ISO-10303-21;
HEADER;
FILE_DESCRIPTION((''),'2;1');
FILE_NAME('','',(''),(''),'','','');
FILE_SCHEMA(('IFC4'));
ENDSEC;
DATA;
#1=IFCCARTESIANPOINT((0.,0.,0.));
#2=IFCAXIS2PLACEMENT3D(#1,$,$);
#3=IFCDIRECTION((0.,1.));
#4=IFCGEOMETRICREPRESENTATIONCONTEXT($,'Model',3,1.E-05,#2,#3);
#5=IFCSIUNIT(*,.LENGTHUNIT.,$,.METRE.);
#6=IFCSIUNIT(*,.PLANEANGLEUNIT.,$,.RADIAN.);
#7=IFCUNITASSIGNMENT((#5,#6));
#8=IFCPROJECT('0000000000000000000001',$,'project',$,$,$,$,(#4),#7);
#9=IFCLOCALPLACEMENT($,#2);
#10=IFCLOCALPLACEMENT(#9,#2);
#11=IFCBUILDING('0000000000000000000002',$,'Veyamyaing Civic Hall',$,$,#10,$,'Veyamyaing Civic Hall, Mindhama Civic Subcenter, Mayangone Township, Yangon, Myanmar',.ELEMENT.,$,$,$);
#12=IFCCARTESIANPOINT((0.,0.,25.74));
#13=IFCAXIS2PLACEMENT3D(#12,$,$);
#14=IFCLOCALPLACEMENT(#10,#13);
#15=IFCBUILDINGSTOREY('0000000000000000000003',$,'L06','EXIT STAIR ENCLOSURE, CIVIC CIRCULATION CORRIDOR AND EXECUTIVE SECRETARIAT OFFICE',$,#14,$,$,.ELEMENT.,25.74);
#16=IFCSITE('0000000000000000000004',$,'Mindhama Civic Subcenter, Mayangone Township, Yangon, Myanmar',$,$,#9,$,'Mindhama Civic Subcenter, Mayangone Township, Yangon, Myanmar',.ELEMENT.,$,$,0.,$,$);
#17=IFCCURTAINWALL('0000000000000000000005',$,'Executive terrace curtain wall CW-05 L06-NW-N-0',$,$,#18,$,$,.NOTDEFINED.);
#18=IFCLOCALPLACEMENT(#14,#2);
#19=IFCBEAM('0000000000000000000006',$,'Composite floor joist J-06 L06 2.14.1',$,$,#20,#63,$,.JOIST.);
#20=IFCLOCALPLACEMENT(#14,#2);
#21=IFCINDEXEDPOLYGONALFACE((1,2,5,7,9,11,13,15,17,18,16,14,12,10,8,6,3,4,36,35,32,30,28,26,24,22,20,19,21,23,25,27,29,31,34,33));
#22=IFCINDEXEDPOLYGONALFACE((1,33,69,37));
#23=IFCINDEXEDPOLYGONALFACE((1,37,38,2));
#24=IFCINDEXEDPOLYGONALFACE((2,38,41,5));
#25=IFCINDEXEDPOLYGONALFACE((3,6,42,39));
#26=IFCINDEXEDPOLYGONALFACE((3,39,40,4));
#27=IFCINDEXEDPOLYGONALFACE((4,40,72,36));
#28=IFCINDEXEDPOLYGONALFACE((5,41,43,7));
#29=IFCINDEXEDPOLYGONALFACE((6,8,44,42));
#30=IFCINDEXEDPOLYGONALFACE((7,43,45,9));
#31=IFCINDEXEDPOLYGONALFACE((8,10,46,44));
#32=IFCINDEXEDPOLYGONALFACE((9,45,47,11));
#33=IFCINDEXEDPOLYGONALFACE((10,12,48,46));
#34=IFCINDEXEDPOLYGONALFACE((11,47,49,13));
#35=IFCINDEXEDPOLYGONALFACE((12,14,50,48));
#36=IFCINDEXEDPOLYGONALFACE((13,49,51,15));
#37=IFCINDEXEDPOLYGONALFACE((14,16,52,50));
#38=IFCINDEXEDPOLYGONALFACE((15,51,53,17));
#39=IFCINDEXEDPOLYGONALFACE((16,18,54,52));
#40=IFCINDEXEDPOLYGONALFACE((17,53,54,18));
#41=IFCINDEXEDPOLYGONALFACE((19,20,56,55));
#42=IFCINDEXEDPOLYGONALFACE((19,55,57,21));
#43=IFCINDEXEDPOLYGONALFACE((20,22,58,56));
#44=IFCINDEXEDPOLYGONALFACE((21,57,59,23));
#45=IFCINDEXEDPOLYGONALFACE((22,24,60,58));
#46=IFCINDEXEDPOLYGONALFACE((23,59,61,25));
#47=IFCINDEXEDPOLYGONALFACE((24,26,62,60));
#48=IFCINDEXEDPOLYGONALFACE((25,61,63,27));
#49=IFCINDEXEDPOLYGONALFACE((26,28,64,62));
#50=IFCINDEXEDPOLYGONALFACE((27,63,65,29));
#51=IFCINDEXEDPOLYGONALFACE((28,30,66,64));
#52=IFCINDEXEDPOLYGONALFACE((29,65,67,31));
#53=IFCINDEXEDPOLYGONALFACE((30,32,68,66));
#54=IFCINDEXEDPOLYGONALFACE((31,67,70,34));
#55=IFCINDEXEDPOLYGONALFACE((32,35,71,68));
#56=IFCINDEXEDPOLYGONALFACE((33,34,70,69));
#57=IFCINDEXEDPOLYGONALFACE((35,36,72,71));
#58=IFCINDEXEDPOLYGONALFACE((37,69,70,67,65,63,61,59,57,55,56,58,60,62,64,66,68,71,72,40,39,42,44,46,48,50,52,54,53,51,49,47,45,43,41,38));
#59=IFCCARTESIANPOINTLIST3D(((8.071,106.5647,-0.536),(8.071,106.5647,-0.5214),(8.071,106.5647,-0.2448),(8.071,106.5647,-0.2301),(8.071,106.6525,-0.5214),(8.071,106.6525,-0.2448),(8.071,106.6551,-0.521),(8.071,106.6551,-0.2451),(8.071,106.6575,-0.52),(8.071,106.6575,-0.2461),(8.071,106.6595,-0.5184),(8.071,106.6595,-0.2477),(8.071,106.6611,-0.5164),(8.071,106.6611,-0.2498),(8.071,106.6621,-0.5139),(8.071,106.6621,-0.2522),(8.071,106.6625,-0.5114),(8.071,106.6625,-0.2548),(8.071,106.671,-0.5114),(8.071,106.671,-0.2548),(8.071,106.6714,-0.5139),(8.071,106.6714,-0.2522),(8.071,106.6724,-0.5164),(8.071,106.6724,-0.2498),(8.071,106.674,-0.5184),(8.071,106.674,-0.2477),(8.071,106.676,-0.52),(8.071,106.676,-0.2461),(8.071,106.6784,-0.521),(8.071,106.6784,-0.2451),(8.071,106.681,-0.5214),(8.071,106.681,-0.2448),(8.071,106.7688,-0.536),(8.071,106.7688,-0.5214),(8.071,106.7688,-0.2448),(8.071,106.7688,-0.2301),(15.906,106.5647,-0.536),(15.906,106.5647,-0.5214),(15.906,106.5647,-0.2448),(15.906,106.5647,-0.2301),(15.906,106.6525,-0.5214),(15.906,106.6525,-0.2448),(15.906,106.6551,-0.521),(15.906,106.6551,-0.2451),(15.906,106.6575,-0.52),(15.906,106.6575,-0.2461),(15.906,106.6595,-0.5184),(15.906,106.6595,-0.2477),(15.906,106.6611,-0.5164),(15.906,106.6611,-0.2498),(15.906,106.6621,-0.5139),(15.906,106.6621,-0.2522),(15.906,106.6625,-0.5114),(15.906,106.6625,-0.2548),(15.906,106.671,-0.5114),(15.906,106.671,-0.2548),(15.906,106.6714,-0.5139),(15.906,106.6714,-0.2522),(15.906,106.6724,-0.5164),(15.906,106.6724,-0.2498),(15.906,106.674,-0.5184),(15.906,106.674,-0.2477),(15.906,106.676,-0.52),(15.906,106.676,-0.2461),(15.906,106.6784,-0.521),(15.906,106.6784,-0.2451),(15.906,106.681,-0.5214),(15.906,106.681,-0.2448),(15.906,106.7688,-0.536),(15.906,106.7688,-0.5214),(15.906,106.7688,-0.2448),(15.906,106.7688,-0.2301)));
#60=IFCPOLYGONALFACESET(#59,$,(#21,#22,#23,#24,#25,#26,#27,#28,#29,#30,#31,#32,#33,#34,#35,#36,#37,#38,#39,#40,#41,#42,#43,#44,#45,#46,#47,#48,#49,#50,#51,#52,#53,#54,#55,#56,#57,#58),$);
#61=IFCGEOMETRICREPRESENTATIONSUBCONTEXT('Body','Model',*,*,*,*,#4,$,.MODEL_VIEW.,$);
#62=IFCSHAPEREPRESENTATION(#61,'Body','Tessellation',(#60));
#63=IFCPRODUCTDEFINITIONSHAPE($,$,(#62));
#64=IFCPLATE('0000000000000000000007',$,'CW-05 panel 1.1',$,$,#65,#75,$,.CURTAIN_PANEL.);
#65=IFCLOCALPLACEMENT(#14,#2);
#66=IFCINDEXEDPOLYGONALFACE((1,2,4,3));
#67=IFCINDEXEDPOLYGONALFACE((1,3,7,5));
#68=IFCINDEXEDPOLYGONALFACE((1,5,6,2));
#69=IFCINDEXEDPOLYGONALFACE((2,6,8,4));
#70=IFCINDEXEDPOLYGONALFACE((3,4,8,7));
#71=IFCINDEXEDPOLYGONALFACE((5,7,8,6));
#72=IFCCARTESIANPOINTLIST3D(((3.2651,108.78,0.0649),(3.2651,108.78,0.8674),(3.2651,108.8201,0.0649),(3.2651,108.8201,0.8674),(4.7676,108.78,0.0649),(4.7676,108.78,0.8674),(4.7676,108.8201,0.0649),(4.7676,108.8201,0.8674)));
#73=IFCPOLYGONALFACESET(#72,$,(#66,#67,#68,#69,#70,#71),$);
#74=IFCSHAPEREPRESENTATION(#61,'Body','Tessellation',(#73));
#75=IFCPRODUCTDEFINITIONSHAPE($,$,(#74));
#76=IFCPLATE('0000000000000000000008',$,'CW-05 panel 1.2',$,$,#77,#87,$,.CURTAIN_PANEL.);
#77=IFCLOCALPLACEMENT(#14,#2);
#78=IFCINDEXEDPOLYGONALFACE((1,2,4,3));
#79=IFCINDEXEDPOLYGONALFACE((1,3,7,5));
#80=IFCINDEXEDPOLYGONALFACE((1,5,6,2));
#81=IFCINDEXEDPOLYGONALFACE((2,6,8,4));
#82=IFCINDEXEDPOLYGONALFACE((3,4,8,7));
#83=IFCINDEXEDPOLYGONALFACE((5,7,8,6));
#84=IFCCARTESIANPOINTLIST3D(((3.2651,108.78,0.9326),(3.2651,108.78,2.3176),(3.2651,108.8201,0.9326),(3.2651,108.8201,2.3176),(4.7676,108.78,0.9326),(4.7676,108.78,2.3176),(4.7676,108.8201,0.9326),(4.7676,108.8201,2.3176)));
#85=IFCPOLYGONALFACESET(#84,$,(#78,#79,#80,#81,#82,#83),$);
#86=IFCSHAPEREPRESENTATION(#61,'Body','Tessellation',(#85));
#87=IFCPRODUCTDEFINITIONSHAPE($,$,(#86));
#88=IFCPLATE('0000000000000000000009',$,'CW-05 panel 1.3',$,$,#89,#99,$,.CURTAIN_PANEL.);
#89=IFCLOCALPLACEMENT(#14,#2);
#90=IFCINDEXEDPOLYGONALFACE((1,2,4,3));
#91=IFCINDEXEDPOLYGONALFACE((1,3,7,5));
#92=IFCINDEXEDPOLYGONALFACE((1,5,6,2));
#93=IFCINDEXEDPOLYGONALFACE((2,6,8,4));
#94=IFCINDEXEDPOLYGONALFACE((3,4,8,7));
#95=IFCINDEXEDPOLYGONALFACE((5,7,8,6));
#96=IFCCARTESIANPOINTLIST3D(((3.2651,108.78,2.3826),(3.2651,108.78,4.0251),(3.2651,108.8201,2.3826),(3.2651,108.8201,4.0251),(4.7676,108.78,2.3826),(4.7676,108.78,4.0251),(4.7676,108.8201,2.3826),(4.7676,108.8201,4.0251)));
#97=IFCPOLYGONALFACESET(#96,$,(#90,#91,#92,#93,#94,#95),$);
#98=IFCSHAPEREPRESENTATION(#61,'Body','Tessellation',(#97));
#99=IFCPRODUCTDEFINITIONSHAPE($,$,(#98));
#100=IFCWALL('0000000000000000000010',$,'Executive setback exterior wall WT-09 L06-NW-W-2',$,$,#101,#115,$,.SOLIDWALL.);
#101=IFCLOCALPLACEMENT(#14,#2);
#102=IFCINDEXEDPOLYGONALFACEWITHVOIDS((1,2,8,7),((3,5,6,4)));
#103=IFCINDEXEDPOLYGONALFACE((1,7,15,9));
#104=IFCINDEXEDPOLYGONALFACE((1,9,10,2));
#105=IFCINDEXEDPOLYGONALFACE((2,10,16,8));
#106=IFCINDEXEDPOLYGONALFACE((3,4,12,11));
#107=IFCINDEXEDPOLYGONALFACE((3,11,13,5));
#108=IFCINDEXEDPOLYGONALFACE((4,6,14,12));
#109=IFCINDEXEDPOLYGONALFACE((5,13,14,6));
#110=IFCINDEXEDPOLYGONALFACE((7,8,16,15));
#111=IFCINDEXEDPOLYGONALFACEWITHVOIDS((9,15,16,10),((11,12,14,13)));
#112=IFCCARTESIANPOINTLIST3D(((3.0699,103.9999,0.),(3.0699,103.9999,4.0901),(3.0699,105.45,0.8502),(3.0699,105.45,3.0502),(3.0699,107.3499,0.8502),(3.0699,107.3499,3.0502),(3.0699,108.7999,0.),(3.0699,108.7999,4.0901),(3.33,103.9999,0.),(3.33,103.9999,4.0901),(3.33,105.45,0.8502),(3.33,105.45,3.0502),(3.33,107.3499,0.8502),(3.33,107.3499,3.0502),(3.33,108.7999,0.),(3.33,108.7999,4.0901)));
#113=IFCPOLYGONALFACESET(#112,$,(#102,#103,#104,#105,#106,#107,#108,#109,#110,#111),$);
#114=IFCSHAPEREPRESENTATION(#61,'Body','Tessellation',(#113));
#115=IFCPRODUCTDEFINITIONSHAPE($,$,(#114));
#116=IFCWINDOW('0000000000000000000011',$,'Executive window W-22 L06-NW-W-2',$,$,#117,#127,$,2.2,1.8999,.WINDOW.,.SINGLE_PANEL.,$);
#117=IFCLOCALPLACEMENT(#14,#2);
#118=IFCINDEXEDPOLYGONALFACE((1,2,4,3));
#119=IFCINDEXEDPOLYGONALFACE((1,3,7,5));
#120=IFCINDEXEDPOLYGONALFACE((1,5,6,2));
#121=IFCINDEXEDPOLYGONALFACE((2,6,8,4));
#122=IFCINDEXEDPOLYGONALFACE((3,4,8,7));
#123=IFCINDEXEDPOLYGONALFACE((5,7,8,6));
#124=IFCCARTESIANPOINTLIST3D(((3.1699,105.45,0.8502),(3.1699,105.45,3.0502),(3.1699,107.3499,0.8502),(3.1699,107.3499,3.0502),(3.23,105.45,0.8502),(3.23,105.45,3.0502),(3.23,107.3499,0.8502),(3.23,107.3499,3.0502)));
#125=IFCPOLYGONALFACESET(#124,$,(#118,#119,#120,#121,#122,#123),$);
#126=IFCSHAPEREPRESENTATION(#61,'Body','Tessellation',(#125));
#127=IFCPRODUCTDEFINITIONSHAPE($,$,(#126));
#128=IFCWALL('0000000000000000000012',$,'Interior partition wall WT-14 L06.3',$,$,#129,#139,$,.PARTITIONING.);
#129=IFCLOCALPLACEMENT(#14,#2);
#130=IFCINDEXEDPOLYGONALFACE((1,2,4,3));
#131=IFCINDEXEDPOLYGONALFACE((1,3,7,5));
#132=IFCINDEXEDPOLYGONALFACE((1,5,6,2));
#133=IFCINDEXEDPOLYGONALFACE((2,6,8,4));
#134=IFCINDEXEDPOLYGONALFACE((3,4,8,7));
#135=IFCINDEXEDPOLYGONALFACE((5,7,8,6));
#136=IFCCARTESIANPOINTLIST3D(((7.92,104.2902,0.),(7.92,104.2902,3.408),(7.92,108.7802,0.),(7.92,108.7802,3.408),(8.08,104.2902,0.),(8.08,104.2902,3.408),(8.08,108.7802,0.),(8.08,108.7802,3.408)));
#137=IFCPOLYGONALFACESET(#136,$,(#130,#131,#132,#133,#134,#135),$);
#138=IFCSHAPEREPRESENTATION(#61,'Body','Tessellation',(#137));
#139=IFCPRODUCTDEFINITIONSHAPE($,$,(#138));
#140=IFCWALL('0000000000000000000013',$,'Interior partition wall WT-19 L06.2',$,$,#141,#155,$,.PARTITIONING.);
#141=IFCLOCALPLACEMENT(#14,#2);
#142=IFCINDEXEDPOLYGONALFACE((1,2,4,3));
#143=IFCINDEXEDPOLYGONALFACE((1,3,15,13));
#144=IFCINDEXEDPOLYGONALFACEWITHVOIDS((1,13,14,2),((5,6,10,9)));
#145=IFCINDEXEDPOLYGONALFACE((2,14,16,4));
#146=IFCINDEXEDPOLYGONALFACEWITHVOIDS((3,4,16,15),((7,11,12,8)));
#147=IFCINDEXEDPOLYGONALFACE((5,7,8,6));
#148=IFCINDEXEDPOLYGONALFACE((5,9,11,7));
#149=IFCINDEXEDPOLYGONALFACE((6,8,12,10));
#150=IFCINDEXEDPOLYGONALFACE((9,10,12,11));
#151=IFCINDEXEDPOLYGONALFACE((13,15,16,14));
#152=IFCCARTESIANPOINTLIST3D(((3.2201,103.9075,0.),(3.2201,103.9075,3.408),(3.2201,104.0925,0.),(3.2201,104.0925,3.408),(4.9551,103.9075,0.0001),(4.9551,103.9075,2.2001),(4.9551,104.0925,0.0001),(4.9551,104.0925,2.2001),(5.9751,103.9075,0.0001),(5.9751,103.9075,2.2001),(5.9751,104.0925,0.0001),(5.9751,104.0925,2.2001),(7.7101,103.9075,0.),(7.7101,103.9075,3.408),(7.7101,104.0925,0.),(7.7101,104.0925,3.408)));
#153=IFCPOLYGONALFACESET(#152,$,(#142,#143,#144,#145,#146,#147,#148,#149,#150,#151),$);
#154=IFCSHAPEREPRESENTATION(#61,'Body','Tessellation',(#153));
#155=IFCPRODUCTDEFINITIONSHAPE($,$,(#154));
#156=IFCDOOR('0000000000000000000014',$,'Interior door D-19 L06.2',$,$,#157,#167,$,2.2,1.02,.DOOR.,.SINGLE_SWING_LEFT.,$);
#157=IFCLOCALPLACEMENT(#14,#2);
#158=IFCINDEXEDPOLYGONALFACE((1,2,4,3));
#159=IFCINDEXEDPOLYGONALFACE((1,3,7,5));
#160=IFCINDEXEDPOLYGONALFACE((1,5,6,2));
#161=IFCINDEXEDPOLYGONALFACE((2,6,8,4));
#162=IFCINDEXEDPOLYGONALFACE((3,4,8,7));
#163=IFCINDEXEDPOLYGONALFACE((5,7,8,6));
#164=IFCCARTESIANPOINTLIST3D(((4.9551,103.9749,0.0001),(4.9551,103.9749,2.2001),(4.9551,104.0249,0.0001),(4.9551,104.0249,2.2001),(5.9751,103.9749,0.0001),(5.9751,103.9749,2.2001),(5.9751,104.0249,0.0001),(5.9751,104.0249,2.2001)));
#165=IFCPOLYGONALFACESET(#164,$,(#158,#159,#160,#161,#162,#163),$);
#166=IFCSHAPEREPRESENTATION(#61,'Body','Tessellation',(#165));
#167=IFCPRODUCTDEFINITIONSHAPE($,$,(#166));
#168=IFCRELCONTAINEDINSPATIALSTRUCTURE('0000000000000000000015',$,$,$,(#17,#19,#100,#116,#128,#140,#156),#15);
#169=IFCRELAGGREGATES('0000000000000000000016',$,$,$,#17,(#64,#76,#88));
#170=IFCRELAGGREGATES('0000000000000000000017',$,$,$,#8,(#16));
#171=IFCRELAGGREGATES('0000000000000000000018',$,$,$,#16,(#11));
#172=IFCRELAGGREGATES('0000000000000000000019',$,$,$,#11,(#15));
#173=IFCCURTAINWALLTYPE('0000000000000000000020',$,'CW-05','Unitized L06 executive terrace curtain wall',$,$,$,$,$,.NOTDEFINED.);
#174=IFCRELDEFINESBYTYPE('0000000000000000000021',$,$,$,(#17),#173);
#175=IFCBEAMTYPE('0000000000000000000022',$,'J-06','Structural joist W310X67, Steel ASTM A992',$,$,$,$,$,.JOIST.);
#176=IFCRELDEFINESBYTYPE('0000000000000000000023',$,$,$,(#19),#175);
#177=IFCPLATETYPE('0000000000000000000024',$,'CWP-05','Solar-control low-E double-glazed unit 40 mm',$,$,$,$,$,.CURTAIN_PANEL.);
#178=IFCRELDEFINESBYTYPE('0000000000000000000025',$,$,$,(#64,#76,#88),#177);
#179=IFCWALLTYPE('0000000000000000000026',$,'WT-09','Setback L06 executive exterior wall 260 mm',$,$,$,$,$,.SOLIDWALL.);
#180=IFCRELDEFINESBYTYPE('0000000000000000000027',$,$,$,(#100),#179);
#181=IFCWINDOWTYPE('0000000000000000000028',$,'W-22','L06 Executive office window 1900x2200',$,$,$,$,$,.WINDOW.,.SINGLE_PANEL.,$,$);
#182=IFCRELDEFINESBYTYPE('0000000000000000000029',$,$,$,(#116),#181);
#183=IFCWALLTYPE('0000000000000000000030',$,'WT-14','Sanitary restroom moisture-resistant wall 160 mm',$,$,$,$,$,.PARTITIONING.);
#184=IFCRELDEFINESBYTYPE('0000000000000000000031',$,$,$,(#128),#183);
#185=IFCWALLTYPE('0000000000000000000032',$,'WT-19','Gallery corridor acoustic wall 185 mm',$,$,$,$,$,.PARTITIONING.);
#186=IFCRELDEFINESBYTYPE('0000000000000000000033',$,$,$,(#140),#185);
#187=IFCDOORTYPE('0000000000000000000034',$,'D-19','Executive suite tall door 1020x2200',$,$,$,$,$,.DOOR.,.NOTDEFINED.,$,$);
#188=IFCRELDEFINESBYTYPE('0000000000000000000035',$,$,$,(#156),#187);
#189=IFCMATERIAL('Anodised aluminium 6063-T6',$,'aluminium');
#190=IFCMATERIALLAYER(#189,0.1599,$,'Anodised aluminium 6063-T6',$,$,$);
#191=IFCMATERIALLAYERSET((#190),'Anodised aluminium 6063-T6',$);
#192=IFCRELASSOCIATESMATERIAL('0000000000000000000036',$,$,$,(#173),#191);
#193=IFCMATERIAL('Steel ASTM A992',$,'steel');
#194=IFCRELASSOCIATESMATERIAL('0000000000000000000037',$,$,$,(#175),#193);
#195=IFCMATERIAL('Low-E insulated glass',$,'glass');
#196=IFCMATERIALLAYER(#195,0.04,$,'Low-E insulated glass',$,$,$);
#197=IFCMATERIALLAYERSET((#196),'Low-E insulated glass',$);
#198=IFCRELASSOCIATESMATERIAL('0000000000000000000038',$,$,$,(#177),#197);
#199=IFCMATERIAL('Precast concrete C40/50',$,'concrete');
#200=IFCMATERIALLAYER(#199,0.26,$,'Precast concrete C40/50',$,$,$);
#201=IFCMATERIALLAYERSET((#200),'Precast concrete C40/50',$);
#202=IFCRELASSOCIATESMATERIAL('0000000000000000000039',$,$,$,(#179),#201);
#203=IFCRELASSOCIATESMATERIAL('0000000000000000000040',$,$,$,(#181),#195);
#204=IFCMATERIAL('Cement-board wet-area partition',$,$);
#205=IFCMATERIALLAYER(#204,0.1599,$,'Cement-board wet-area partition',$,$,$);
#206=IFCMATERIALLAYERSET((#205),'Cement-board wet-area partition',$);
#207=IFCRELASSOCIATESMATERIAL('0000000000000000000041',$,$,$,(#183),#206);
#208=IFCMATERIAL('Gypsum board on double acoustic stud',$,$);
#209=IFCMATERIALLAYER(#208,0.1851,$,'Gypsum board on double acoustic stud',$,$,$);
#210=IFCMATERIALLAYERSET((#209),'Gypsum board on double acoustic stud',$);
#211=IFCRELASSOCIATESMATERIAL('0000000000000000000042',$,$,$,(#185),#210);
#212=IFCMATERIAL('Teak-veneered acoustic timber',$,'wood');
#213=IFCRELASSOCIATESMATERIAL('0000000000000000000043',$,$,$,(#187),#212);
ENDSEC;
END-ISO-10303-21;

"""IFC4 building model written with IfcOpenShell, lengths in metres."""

from ifc_helpers import new_model, si_unit, direction, frame, frame_2d, origin, origin_2d, place, context, subcontext, project, spatial, rectangle, i_section, extrude, material, layer, layer_set, material_profile, profile_set, type_object, element, fill, aggregate, save


model = new_model("IFC4")

# Units and contexts
model_context = context("Model", 3, precision=1e-05, world=origin(), true_north=direction((0.0, 1.0)))
body_context = subcontext(model_context, "Body", "Model", "MODEL_VIEW")
ifc_project = project(units=[si_unit("LENGTHUNIT", "METRE"), si_unit("PLANEANGLEUNIT", "RADIAN")], contexts=[model_context])

# Site, building, storey
site_placement = place(None, origin())
site = spatial("IfcSite", under=ifc_project, at=site_placement, Name="Mindhama Civic Subcenter, Mayangone Township, Yangon, Myanmar", LongName="Mindhama Civic Subcenter, Mayangone Township, Yangon, Myanmar", CompositionType="ELEMENT", RefElevation=0.0)
building_placement = place(site_placement, origin())
building = spatial("IfcBuilding", under=site, at=building_placement, Name="Veyamyaing Civic Hall", LongName="Veyamyaing Civic Hall, Mindhama Civic Subcenter, Mayangone Township, Yangon, Myanmar", CompositionType="ELEMENT")
storey_placement = place(building_placement, frame((0.0, 0.0, 25.74)))
storey = spatial("IfcBuildingStorey", under=building, at=storey_placement, Name="L06", Description="EXIT STAIR ENCLOSURE, CIVIC CIRCULATION CORRIDOR AND EXECUTIVE SECRETARIAT OFFICE", CompositionType="ELEMENT", Elevation=25.74)

# Shared definitions
ifc_material_1 = material(Name="Steel ASTM A992", Category="steel")

# Curtain wall
ifc_material_2 = material(Name="Anodised aluminium 6063-T6", Category="aluminium")
ifc_layer_1 = layer(ifc_material_2, 0.1599, Name="Anodised aluminium 6063-T6")
ifc_layer_set_1 = layer_set([ifc_layer_1], Name="Anodised aluminium 6063-T6")
curtain_wall_type = type_object("IfcCurtainWallType", Name="CW-05", Description="Unitized L06 executive terrace curtain wall", PredefinedType="NOTDEFINED", material=ifc_layer_set_1)
curtain_wall_placement = place(storey_placement, origin())
curtain_wall = element("IfcCurtainWall", 1, at=curtain_wall_placement, inside=storey, type_object=curtain_wall_type, Name="Executive terrace curtain wall CW-05 L06-NW-N-0", PredefinedType="NOTDEFINED")

# Beam
ifc_material_profile_1 = material_profile(ifc_material_1, i_section(OverallWidth=0.2041, OverallDepth=0.3059, WebThickness=0.0085, FlangeThickness=0.0146, FilletRadius=0.01, at=origin_2d()), Name="W310X67")
ifc_profile_set_1 = profile_set([ifc_material_profile_1], Name="Steel ASTM A992")
beam_type_1 = type_object("IfcBeamType", Name="J-06", Description="Structural joist W310X67, Steel ASTM A992", PredefinedType="JOIST", material=ifc_profile_set_1)
beam_1_placement = place(storey_placement, frame((8.071, 106.6667, -0.3831), z_axis=(1.0, 0.0, 0.0), x_axis=(0.0, 1.0, 0.0)))
element("IfcBeam", 2, at=beam_1_placement, inside=storey, type_object=beam_type_1, Name="Composite floor joist J-06 L06 2.14.1", PredefinedType="JOIST", context=body_context, shape_type="SweptSolid", body=[
    extrude(i_section(OverallWidth=0.2041, OverallDepth=0.3059, WebThickness=0.0085, FlangeThickness=0.0146, FilletRadius=0.01, at=origin_2d()), origin(), (0.0, 0.0, 1.0), 7.835),
])

# Plates
ifc_material_3 = material(Name="Low-E insulated glass", Category="glass")
ifc_layer_2 = layer(ifc_material_3, 0.04, Name="Low-E insulated glass")
ifc_layer_set_2 = layer_set([ifc_layer_2], Name="Low-E insulated glass")
plate_type = type_object("IfcPlateType", Name="CWP-05", Description="Solar-control low-E double-glazed unit 40 mm", PredefinedType="CURTAIN_PANEL", material=ifc_layer_set_2)
plate_1_placement = place(storey_placement, frame((4.0164, 108.8, 0.0649), z_axis=(0.0, 0.0, 1.0), x_axis=(1.0, 0.0, 0.0)))
plate_1 = element("IfcPlate", 3, at=plate_1_placement, type_object=plate_type, Name="CW-05 panel 1.1", PredefinedType="CURTAIN_PANEL", context=body_context, shape_type="SweptSolid", body=[
    extrude(rectangle(XDim=1.5024, YDim=0.04, at=origin_2d()), origin(), (0.0, 0.0, 1.0), 0.8025),
])
plate_2_placement = place(storey_placement, frame((4.0164, 108.8, 0.9326), z_axis=(0.0, 0.0, 1.0), x_axis=(1.0, 0.0, 0.0)))
plate_2 = element("IfcPlate", 4, at=plate_2_placement, type_object=plate_type, Name="CW-05 panel 1.2", PredefinedType="CURTAIN_PANEL", context=body_context, shape_type="SweptSolid", body=[
    extrude(rectangle(XDim=1.5024, YDim=0.04, at=origin_2d()), origin(), (0.0, 0.0, 1.0), 1.385),
])
plate_3_placement = place(storey_placement, frame((4.0164, 108.8, 2.3826), z_axis=(0.0, 0.0, 1.0), x_axis=(1.0, 0.0, 0.0)))
plate_3 = element("IfcPlate", 5, at=plate_3_placement, type_object=plate_type, Name="CW-05 panel 1.3", PredefinedType="CURTAIN_PANEL", context=body_context, shape_type="SweptSolid", body=[
    extrude(rectangle(XDim=1.5024, YDim=0.04, at=origin_2d()), origin(), (0.0, 0.0, 1.0), 1.6426),
])
aggregate(curtain_wall, [plate_1, plate_2, plate_3])

# Wall, opening, window
ifc_material_4 = material(Name="Precast concrete C40/50", Category="concrete")
ifc_layer_3 = layer(ifc_material_4, 0.26, Name="Precast concrete C40/50")
ifc_layer_set_3 = layer_set([ifc_layer_3], Name="Precast concrete C40/50")
wall_type_1 = type_object("IfcWallType", Name="WT-09", Description="Setback L06 executive exterior wall 260 mm", PredefinedType="SOLIDWALL", material=ifc_layer_set_3)
wall_1_placement = place(storey_placement, frame((3.2, 104.0, 0.0), z_axis=(0.0, 0.0, 1.0), x_axis=(0.0, 1.0, 0.0)))
wall_1 = element("IfcWall", 6, at=wall_1_placement, inside=storey, type_object=wall_type_1, Name="Executive setback exterior wall WT-09 L06-NW-W-2", PredefinedType="SOLIDWALL", context=body_context, shape_type="SweptSolid", body=[
    extrude(rectangle(XDim=4.8, YDim=0.26, at=frame_2d((2.3999, 0.0))), origin(), (0.0, 0.0, 1.0), 4.0901),
])
opening_1_placement = place(wall_1_placement, frame((1.45, 0.0, 0.8501)))
opening_1 = element("IfcOpeningElement", 7, at=opening_1_placement, cuts=wall_1, PredefinedType="OPENING", context=body_context, shape_type="SweptSolid", body=[
    extrude(rectangle(XDim=1.8999, YDim=2.2, at=frame_2d((0.95, 1.1001))), frame((0.0, 0.1399, 0.0), z_axis=(0.0, -1.0, 0.0), x_axis=(1.0, 0.0, 0.0)), (0.0, 0.0, 1.0), 0.28),
])
window_type = type_object("IfcWindowType", Name="W-22", Description="L06 Executive office window 1900x2200", PartitioningType="SINGLE_PANEL", PredefinedType="WINDOW", material=ifc_material_3)
window_placement = place(opening_1_placement, origin())
window = element("IfcWindow", 8, at=window_placement, inside=storey, type_object=window_type, Name="Executive window W-22 L06-NW-W-2", OverallHeight=2.2, OverallWidth=1.8999, PartitioningType="SINGLE_PANEL", PredefinedType="WINDOW", context=body_context, shape_type="SweptSolid", body=[
    extrude(rectangle(XDim=1.8999, YDim=2.2, at=frame_2d((0.95, 1.1001))), frame((0.0, 0.03, 0.0), z_axis=(0.0, -1.0, 0.0), x_axis=(1.0, 0.0, 0.0)), (0.0, 0.0, 1.0), 0.0601),
])
fill(opening_1, window)

# Wall
ifc_material_5 = material(Name="Cement-board wet-area partition")
ifc_layer_4 = layer(ifc_material_5, 0.1599, Name="Cement-board wet-area partition")
ifc_layer_set_4 = layer_set([ifc_layer_4], Name="Cement-board wet-area partition")
wall_type_2 = type_object("IfcWallType", Name="WT-14", Description="Sanitary restroom moisture-resistant wall 160 mm", PredefinedType="PARTITIONING", material=ifc_layer_set_4)
wall_2_placement = place(storey_placement, frame((8.0, 104.29, 0.0), z_axis=(0.0, 0.0, 1.0), x_axis=(0.0, 1.0, 0.0)))
element("IfcWall", 9, at=wall_2_placement, inside=storey, type_object=wall_type_2, Name="Interior partition wall WT-14 L06.3", PredefinedType="PARTITIONING", context=body_context, shape_type="SweptSolid", body=[
    extrude(rectangle(XDim=4.49, YDim=0.1599, at=frame_2d((2.2451, 0.0))), origin(), (0.0, 0.0, 1.0), 3.408),
])

# Wall, opening, door
ifc_material_6 = material(Name="Gypsum board on double acoustic stud")
ifc_layer_5 = layer(ifc_material_6, 0.1851, Name="Gypsum board on double acoustic stud")
ifc_layer_set_5 = layer_set([ifc_layer_5], Name="Gypsum board on double acoustic stud")
wall_type_3 = type_object("IfcWallType", Name="WT-19", Description="Gallery corridor acoustic wall 185 mm", PredefinedType="PARTITIONING", material=ifc_layer_set_5)
wall_3_placement = place(storey_placement, frame((3.22, 104.0, 0.0), z_axis=(0.0, 0.0, 1.0), x_axis=(1.0, 0.0, 0.0)))
wall_3 = element("IfcWall", 10, at=wall_3_placement, inside=storey, type_object=wall_type_3, Name="Interior partition wall WT-19 L06.2", PredefinedType="PARTITIONING", context=body_context, shape_type="SweptSolid", body=[
    extrude(rectangle(XDim=4.49, YDim=0.1851, at=frame_2d((2.2451, 0.0))), origin(), (0.0, 0.0, 1.0), 3.408),
])
opening_2_placement = place(wall_3_placement, frame((1.7351, 0.0, 0.0)))
opening_2 = element("IfcOpeningElement", 11, at=opening_2_placement, cuts=wall_3, PredefinedType="OPENING", context=body_context, shape_type="SweptSolid", body=[
    extrude(rectangle(XDim=1.02, YDim=2.2, at=frame_2d((0.51, 1.1001))), frame((0.0, 0.1025, 0.0), z_axis=(0.0, -1.0, 0.0), x_axis=(1.0, 0.0, 0.0)), (0.0, 0.0, 1.0), 0.2051),
])
ifc_material_7 = material(Name="Teak-veneered acoustic timber", Category="wood")
door_type = type_object("IfcDoorType", Name="D-19", Description="Executive suite tall door 1020x2200", OperationType="NOTDEFINED", PredefinedType="DOOR", material=ifc_material_7)
door_placement = place(opening_2_placement, origin())
door = element("IfcDoor", 12, at=door_placement, inside=storey, type_object=door_type, Name="Interior door D-19 L06.2", OperationType="SINGLE_SWING_LEFT", OverallHeight=2.2, OverallWidth=1.02, PredefinedType="DOOR", context=body_context, shape_type="SweptSolid", body=[
    extrude(rectangle(XDim=1.02, YDim=2.2, at=frame_2d((0.51, 1.1001))), frame((0.0, 0.0249, 0.0), z_axis=(0.0, -1.0, 0.0), x_axis=(1.0, 0.0, 0.0)), (0.0, 0.0, 1.0), 0.05),
])
fill(opening_2, door)

save(model, "model.ifc")
